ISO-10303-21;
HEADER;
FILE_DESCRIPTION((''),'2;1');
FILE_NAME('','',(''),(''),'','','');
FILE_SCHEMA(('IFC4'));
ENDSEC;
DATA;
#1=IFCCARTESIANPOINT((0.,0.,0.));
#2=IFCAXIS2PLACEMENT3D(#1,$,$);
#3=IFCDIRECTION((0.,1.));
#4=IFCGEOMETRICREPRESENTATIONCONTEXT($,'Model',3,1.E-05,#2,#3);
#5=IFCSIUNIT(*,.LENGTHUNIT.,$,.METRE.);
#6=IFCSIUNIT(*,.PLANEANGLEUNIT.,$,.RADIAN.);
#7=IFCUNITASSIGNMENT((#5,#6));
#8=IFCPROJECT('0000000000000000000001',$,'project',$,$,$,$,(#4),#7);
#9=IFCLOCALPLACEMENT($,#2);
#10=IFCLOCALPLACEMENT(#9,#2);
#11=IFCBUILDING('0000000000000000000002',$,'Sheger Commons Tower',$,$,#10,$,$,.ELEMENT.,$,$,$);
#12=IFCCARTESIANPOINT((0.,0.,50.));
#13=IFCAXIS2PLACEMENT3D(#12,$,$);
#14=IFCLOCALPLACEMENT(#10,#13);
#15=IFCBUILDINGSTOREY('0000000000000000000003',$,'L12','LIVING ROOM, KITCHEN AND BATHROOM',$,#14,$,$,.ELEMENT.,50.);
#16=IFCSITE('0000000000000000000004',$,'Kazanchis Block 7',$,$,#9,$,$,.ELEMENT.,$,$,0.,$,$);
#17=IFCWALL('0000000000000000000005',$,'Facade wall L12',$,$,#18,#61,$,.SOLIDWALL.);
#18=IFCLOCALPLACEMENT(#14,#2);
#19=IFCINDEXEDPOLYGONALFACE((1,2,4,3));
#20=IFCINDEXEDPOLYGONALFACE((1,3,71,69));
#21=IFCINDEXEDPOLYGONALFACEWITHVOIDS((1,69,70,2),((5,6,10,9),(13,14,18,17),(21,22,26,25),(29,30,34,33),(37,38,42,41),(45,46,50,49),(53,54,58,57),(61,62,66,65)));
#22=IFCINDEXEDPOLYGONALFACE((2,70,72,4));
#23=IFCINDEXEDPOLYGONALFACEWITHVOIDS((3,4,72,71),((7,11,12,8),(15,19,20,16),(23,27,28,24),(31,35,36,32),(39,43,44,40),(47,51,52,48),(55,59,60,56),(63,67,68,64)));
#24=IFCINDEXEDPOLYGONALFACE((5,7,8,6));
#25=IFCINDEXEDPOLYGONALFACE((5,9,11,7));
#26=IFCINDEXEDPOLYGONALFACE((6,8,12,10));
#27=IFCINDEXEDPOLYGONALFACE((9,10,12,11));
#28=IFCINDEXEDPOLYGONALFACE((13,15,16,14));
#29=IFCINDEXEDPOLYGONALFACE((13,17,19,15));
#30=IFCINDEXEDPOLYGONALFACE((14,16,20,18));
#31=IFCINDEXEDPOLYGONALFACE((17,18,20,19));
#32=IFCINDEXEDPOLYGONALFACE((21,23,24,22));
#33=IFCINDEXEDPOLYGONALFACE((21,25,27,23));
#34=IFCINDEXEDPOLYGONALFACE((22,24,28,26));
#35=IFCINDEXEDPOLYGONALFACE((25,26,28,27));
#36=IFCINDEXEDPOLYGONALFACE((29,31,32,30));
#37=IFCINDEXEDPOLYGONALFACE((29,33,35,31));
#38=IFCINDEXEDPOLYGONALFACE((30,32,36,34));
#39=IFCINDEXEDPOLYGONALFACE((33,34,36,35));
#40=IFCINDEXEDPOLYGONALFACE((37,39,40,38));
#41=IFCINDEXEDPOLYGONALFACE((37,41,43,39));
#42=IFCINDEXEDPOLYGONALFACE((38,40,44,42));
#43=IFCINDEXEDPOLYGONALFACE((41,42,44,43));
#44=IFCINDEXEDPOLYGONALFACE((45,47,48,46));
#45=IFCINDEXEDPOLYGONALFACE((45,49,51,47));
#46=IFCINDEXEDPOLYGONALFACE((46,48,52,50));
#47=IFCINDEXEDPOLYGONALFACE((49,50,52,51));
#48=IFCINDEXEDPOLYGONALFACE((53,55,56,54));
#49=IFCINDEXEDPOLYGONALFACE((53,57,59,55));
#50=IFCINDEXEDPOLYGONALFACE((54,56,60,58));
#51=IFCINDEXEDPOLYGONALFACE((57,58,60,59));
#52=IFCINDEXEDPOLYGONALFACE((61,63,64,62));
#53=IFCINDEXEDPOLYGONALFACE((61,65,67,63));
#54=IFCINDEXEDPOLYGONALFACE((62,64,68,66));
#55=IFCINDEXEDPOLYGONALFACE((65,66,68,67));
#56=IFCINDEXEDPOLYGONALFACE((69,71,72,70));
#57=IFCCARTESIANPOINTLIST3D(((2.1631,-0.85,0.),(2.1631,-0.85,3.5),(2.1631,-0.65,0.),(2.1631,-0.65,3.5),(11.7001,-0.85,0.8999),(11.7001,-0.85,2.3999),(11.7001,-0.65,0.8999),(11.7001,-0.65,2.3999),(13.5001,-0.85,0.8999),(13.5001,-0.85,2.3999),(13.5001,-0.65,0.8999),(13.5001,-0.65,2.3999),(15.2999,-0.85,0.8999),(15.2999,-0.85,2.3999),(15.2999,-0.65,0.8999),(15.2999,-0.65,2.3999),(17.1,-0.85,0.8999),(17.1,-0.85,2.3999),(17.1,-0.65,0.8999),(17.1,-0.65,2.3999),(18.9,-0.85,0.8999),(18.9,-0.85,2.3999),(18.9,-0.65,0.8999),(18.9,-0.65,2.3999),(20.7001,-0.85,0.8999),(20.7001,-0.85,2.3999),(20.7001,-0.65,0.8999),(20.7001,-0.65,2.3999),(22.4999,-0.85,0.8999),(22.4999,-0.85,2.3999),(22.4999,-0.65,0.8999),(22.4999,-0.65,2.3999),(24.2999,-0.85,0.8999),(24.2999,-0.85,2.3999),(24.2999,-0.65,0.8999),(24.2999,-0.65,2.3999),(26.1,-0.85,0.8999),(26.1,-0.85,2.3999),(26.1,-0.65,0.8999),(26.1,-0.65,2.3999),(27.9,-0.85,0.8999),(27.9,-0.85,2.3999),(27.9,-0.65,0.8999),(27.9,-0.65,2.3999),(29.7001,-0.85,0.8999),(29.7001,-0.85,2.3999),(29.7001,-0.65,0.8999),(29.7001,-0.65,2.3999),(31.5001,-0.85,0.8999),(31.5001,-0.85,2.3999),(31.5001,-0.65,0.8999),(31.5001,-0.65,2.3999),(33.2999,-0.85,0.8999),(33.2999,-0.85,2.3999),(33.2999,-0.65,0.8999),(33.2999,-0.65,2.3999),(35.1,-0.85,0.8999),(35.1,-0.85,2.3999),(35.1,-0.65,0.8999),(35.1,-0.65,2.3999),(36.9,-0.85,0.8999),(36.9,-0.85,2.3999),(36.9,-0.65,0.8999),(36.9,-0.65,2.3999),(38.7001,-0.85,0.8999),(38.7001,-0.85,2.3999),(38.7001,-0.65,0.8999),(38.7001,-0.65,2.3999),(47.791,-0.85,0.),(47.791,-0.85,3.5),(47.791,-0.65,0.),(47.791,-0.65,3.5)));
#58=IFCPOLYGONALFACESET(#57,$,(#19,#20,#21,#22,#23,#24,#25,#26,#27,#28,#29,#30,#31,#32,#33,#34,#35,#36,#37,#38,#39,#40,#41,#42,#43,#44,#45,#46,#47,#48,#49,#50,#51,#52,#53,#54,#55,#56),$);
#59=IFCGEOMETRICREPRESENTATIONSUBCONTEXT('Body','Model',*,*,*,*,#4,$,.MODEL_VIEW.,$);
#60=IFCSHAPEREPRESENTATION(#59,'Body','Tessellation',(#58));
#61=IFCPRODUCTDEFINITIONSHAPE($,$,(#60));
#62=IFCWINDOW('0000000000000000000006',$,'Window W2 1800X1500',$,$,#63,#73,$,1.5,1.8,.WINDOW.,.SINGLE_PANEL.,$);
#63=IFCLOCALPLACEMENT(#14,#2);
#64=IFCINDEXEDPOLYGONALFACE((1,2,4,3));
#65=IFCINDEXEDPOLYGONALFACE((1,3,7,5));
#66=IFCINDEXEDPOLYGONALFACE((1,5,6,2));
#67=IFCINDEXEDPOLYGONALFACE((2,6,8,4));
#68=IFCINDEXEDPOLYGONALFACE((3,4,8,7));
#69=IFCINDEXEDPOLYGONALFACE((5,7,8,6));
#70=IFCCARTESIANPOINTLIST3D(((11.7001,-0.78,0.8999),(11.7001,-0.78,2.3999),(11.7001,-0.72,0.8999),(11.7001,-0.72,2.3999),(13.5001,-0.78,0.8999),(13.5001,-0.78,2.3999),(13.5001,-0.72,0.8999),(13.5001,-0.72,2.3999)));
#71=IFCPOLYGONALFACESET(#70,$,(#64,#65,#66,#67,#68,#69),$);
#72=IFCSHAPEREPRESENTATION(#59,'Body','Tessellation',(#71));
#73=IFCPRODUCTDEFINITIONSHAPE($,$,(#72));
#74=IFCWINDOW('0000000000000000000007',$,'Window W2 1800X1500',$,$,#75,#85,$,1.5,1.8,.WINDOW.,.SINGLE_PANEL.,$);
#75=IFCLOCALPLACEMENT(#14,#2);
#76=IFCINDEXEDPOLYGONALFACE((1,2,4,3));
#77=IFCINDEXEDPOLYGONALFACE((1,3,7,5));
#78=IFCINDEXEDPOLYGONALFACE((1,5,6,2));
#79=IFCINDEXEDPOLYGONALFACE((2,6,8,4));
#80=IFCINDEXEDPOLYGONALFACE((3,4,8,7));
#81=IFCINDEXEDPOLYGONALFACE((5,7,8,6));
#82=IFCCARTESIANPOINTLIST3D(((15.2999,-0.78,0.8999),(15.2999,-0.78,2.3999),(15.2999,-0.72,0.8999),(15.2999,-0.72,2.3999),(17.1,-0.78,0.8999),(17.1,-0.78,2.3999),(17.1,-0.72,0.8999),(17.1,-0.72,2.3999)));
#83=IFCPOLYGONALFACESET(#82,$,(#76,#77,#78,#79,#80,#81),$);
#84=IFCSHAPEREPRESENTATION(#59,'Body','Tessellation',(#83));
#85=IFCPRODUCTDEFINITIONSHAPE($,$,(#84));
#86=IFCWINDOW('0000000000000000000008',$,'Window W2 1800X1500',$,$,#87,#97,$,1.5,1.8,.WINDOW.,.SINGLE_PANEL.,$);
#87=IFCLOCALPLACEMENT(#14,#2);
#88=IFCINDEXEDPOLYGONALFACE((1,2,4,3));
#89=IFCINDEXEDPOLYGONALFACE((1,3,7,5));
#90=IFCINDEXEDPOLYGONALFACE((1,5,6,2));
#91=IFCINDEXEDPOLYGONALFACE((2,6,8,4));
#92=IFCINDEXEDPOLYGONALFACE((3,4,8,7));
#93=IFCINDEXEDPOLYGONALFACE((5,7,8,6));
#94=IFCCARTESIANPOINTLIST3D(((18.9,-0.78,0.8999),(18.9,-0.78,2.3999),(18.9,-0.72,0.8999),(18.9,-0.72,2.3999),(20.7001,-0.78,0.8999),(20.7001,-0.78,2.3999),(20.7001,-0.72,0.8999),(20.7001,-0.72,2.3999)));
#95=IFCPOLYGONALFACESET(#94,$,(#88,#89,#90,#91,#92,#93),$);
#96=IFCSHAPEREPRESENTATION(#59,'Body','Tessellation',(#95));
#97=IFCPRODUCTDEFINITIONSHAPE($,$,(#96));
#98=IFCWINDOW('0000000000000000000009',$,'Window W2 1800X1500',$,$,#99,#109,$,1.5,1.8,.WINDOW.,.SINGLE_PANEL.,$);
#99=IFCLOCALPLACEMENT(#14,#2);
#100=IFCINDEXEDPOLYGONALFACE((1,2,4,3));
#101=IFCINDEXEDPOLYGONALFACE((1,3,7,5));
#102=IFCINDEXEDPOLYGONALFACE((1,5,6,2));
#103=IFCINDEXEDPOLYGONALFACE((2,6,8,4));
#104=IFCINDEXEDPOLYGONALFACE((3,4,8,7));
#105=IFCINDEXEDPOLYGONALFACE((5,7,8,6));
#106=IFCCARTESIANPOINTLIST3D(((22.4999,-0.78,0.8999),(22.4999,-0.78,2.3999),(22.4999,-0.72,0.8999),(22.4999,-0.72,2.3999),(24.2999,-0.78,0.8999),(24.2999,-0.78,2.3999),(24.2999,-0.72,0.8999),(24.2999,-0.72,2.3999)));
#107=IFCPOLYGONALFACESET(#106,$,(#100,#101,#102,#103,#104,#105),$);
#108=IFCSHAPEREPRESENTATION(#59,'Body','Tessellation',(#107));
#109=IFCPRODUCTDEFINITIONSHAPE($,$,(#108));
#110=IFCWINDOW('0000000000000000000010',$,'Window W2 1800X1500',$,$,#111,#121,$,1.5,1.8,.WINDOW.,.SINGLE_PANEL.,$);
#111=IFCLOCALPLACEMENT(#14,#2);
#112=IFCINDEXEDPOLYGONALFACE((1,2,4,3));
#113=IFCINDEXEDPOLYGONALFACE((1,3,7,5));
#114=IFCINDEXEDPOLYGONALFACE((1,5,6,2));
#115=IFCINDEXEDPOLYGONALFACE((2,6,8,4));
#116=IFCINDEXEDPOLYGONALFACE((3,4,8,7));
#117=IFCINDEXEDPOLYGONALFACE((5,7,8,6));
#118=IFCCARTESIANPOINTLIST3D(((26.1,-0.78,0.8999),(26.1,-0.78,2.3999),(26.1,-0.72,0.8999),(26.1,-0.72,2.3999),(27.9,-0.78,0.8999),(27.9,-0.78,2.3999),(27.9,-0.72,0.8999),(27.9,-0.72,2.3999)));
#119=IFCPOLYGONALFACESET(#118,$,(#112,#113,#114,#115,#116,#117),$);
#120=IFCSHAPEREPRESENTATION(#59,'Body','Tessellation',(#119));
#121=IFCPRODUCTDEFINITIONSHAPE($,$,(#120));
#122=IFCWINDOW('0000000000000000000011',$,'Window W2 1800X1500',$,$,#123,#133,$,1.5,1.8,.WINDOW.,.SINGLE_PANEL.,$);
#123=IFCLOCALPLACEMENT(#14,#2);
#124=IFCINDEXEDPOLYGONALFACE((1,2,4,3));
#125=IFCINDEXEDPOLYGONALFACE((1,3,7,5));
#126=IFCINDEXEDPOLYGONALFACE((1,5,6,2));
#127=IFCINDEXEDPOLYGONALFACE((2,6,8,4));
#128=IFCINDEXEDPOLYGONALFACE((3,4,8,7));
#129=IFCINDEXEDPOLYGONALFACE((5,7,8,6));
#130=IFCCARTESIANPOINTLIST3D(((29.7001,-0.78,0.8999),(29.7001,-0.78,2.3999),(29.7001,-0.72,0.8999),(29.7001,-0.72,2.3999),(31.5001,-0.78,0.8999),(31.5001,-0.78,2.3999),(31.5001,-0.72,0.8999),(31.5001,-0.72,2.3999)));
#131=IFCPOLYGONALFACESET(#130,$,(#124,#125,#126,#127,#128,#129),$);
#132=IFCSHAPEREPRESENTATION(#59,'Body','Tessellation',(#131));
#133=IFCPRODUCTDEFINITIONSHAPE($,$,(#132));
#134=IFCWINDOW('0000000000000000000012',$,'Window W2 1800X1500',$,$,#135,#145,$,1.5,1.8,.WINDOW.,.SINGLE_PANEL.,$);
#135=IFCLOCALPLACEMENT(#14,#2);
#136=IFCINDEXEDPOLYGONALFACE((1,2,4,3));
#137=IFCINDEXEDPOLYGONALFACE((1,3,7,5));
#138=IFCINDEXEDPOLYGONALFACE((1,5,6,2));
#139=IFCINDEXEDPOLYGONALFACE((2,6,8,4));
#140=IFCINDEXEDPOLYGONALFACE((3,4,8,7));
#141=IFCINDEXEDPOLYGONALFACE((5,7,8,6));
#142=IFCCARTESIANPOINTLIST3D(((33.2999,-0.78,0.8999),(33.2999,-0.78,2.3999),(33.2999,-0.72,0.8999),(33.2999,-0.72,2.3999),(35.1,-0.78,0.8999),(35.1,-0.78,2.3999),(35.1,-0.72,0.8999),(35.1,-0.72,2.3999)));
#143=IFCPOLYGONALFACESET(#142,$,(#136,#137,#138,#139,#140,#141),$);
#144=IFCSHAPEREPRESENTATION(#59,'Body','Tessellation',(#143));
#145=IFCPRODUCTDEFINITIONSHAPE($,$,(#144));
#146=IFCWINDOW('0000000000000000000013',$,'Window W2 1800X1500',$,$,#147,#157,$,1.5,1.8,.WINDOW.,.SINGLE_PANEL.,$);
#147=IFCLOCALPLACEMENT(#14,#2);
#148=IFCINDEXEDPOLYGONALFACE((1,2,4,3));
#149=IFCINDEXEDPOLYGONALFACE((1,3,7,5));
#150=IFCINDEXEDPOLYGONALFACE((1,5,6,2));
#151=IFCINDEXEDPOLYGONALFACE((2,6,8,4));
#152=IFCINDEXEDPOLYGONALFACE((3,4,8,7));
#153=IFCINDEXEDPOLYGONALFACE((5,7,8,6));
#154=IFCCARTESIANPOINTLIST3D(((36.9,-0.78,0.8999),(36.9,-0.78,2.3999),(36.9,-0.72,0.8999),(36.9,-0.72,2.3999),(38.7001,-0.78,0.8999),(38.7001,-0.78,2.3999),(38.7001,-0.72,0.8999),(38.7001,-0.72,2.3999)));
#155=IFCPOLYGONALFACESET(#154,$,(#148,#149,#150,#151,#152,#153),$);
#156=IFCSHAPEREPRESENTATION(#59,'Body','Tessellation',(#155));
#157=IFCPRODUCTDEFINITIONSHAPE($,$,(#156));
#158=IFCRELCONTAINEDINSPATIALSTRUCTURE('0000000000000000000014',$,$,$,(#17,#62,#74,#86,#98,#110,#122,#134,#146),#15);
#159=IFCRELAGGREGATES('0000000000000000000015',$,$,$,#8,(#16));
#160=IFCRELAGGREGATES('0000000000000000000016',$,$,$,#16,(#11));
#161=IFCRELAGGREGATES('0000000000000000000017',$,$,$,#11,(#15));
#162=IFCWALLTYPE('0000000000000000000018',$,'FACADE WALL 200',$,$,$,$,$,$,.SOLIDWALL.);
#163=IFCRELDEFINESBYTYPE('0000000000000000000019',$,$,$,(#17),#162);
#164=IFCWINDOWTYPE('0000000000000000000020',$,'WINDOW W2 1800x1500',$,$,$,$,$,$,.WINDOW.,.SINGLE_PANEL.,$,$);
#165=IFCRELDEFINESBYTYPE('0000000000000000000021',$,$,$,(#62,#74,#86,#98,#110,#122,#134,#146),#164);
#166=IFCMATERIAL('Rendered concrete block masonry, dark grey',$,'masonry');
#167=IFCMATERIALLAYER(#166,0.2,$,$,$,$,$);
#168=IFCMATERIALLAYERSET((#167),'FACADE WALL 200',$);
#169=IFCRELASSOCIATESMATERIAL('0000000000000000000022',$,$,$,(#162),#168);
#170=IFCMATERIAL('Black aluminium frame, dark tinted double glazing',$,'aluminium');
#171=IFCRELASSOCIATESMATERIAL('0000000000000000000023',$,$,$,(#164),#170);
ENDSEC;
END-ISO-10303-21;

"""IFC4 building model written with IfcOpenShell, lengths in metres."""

from ifc_helpers import new_model, si_unit, direction, frame, frame_2d, origin, place, context, subcontext, project, spatial, rectangle, extrude, material, layer, layer_set, type_object, element, fill, save


model = new_model("IFC4")

# Units and contexts
model_context = context("Model", 3, precision=1e-05, world=origin(), true_north=direction((0.0, 1.0)))
body_context = subcontext(model_context, "Body", "Model", "MODEL_VIEW")
ifc_project = project(units=[si_unit("LENGTHUNIT", "METRE"), si_unit("PLANEANGLEUNIT", "RADIAN")], contexts=[model_context])

# Site, building, storey
site_placement = place(None, origin())
site = spatial("IfcSite", under=ifc_project, at=site_placement, Name="Kazanchis Block 7", CompositionType="ELEMENT", RefElevation=0.0)
building_placement = place(site_placement, origin())
building = spatial("IfcBuilding", under=site, at=building_placement, Name="Sheger Commons Tower", CompositionType="ELEMENT")
storey_placement = place(building_placement, frame((0.0, 0.0, 50.0)))
storey = spatial("IfcBuildingStorey", under=building, at=storey_placement, Name="L12", Description="LIVING ROOM, KITCHEN AND BATHROOM", CompositionType="ELEMENT", Elevation=50.0)

# Wall, openings, windows
ifc_material_1 = material(Name="Rendered concrete block masonry, dark grey", Category="masonry")
ifc_layer_1 = layer(ifc_material_1, 0.2)
ifc_layer_set_1 = layer_set([ifc_layer_1], Name="FACADE WALL 200")
wall_type_1 = type_object("IfcWallType", Name="FACADE WALL 200", PredefinedType="SOLIDWALL", material=ifc_layer_set_1)
wall_1_placement = place(storey_placement, frame((2.1631, -0.75, 0.0), z_axis=(0.0, 0.0, 1.0), x_axis=(1.0, 0.0, 0.0)))
wall_1 = element("IfcWall", 1, at=wall_1_placement, inside=storey, type_object=wall_type_1, Name="Facade wall L12", PredefinedType="SOLIDWALL", context=body_context, shape_type="SweptSolid", body=[
    extrude(rectangle(XDim=45.6279, YDim=0.2, at=frame_2d((22.814, 0.0))), origin(), (0.0, 0.0, 1.0), 3.5),
])
opening_1_placement = place(wall_1_placement, frame((9.5371, 0.0, 0.8999)))
opening_1 = element("IfcOpeningElement", 2, at=opening_1_placement, cuts=wall_1, PredefinedType="OPENING", context=body_context, shape_type="SweptSolid", body=[
    extrude(rectangle(XDim=1.8, YDim=1.5, at=frame_2d((0.8999, 0.75))), frame((0.0, 0.1099, 0.0), z_axis=(0.0, -1.0, 0.0), x_axis=(1.0, 0.0, 0.0)), (0.0, 0.0, 1.0), 0.22),
])
opening_2_placement = place(wall_1_placement, frame((13.137, 0.0, 0.8999)))
opening_2 = element("IfcOpeningElement", 3, at=opening_2_placement, cuts=wall_1, PredefinedType="OPENING", context=body_context, shape_type="SweptSolid", body=[
    extrude(rectangle(XDim=1.8, YDim=1.5, at=frame_2d((0.8999, 0.75))), frame((0.0, 0.1099, 0.0), z_axis=(0.0, -1.0, 0.0), x_axis=(1.0, 0.0, 0.0)), (0.0, 0.0, 1.0), 0.22),
])
opening_3_placement = place(wall_1_placement, frame((16.7371, 0.0, 0.8999)))
opening_3 = element("IfcOpeningElement", 4, at=opening_3_placement, cuts=wall_1, PredefinedType="OPENING", context=body_context, shape_type="SweptSolid", body=[
    extrude(rectangle(XDim=1.8, YDim=1.5, at=frame_2d((0.8999, 0.75))), frame((0.0, 0.1099, 0.0), z_axis=(0.0, -1.0, 0.0), x_axis=(1.0, 0.0, 0.0)), (0.0, 0.0, 1.0), 0.22),
])
opening_4_placement = place(wall_1_placement, frame((20.3369, 0.0, 0.8999)))
opening_4 = element("IfcOpeningElement", 5, at=opening_4_placement, cuts=wall_1, PredefinedType="OPENING", context=body_context, shape_type="SweptSolid", body=[
    extrude(rectangle(XDim=1.8, YDim=1.5, at=frame_2d((0.8999, 0.75))), frame((0.0, 0.1099, 0.0), z_axis=(0.0, -1.0, 0.0), x_axis=(1.0, 0.0, 0.0)), (0.0, 0.0, 1.0), 0.22),
])
opening_5_placement = place(wall_1_placement, frame((23.937, 0.0, 0.8999)))
opening_5 = element("IfcOpeningElement", 6, at=opening_5_placement, cuts=wall_1, PredefinedType="OPENING", context=body_context, shape_type="SweptSolid", body=[
    extrude(rectangle(XDim=1.8, YDim=1.5, at=frame_2d((0.8999, 0.75))), frame((0.0, 0.1099, 0.0), z_axis=(0.0, -1.0, 0.0), x_axis=(1.0, 0.0, 0.0)), (0.0, 0.0, 1.0), 0.22),
])
opening_6_placement = place(wall_1_placement, frame((27.5371, 0.0, 0.8999)))
opening_6 = element("IfcOpeningElement", 7, at=opening_6_placement, cuts=wall_1, PredefinedType="OPENING", context=body_context, shape_type="SweptSolid", body=[
    extrude(rectangle(XDim=1.8, YDim=1.5, at=frame_2d((0.8999, 0.75))), frame((0.0, 0.1099, 0.0), z_axis=(0.0, -1.0, 0.0), x_axis=(1.0, 0.0, 0.0)), (0.0, 0.0, 1.0), 0.22),
])
opening_7_placement = place(wall_1_placement, frame((31.137, 0.0, 0.8999)))
opening_7 = element("IfcOpeningElement", 8, at=opening_7_placement, cuts=wall_1, PredefinedType="OPENING", context=body_context, shape_type="SweptSolid", body=[
    extrude(rectangle(XDim=1.8, YDim=1.5, at=frame_2d((0.8999, 0.75))), frame((0.0, 0.1099, 0.0), z_axis=(0.0, -1.0, 0.0), x_axis=(1.0, 0.0, 0.0)), (0.0, 0.0, 1.0), 0.22),
])
opening_8_placement = place(wall_1_placement, frame((34.7371, 0.0, 0.8999)))
opening_8 = element("IfcOpeningElement", 9, at=opening_8_placement, cuts=wall_1, PredefinedType="OPENING", context=body_context, shape_type="SweptSolid", body=[
    extrude(rectangle(XDim=1.8, YDim=1.5, at=frame_2d((0.8999, 0.75))), frame((0.0, 0.1099, 0.0), z_axis=(0.0, -1.0, 0.0), x_axis=(1.0, 0.0, 0.0)), (0.0, 0.0, 1.0), 0.22),
])
ifc_material_2 = material(Name="Black aluminium frame, dark tinted double glazing", Category="aluminium")
window_type = type_object("IfcWindowType", Name="WINDOW W2 1800x1500", PartitioningType="SINGLE_PANEL", PredefinedType="WINDOW", material=ifc_material_2)
window_1_placement = place(opening_1_placement, origin())
window_1 = element("IfcWindow", 10, at=window_1_placement, inside=storey, type_object=window_type, Name="Window W2 1800X1500", OverallHeight=1.5, OverallWidth=1.8, PartitioningType="SINGLE_PANEL", PredefinedType="WINDOW", context=body_context, shape_type="SweptSolid", body=[
    extrude(rectangle(XDim=1.8, YDim=1.5, at=frame_2d((0.8999, 0.75))), frame((0.0, 0.03, 0.0), z_axis=(0.0, -1.0, 0.0), x_axis=(1.0, 0.0, 0.0)), (0.0, 0.0, 1.0), 0.0601),
])
fill(opening_1, window_1)
window_2_placement = place(opening_2_placement, origin())
window_2 = element("IfcWindow", 11, at=window_2_placement, inside=storey, type_object=window_type, Name="Window W2 1800X1500", OverallHeight=1.5, OverallWidth=1.8, PartitioningType="SINGLE_PANEL", PredefinedType="WINDOW", context=body_context, shape_type="SweptSolid", body=[
    extrude(rectangle(XDim=1.8, YDim=1.5, at=frame_2d((0.8999, 0.75))), frame((0.0, 0.03, 0.0), z_axis=(0.0, -1.0, 0.0), x_axis=(1.0, 0.0, 0.0)), (0.0, 0.0, 1.0), 0.0601),
])
fill(opening_2, window_2)
window_3_placement = place(opening_3_placement, origin())
window_3 = element("IfcWindow", 12, at=window_3_placement, inside=storey, type_object=window_type, Name="Window W2 1800X1500", OverallHeight=1.5, OverallWidth=1.8, PartitioningType="SINGLE_PANEL", PredefinedType="WINDOW", context=body_context, shape_type="SweptSolid", body=[
    extrude(rectangle(XDim=1.8, YDim=1.5, at=frame_2d((0.8999, 0.75))), frame((0.0, 0.03, 0.0), z_axis=(0.0, -1.0, 0.0), x_axis=(1.0, 0.0, 0.0)), (0.0, 0.0, 1.0), 0.0601),
])
fill(opening_3, window_3)
window_4_placement = place(opening_4_placement, origin())
window_4 = element("IfcWindow", 13, at=window_4_placement, inside=storey, type_object=window_type, Name="Window W2 1800X1500", OverallHeight=1.5, OverallWidth=1.8, PartitioningType="SINGLE_PANEL", PredefinedType="WINDOW", context=body_context, shape_type="SweptSolid", body=[
    extrude(rectangle(XDim=1.8, YDim=1.5, at=frame_2d((0.8999, 0.75))), frame((0.0, 0.03, 0.0), z_axis=(0.0, -1.0, 0.0), x_axis=(1.0, 0.0, 0.0)), (0.0, 0.0, 1.0), 0.0601),
])
fill(opening_4, window_4)
window_5_placement = place(opening_5_placement, origin())
window_5 = element("IfcWindow", 14, at=window_5_placement, inside=storey, type_object=window_type, Name="Window W2 1800X1500", OverallHeight=1.5, OverallWidth=1.8, PartitioningType="SINGLE_PANEL", PredefinedType="WINDOW", context=body_context, shape_type="SweptSolid", body=[
    extrude(rectangle(XDim=1.8, YDim=1.5, at=frame_2d((0.8999, 0.75))), frame((0.0, 0.03, 0.0), z_axis=(0.0, -1.0, 0.0), x_axis=(1.0, 0.0, 0.0)), (0.0, 0.0, 1.0), 0.0601),
])
fill(opening_5, window_5)
window_6_placement = place(opening_6_placement, origin())
window_6 = element("IfcWindow", 15, at=window_6_placement, inside=storey, type_object=window_type, Name="Window W2 1800X1500", OverallHeight=1.5, OverallWidth=1.8, PartitioningType="SINGLE_PANEL", PredefinedType="WINDOW", context=body_context, shape_type="SweptSolid", body=[
    extrude(rectangle(XDim=1.8, YDim=1.5, at=frame_2d((0.8999, 0.75))), frame((0.0, 0.03, 0.0), z_axis=(0.0, -1.0, 0.0), x_axis=(1.0, 0.0, 0.0)), (0.0, 0.0, 1.0), 0.0601),
])
fill(opening_6, window_6)
window_7_placement = place(opening_7_placement, origin())
window_7 = element("IfcWindow", 16, at=window_7_placement, inside=storey, type_object=window_type, Name="Window W2 1800X1500", OverallHeight=1.5, OverallWidth=1.8, PartitioningType="SINGLE_PANEL", PredefinedType="WINDOW", context=body_context, shape_type="SweptSolid", body=[
    extrude(rectangle(XDim=1.8, YDim=1.5, at=frame_2d((0.8999, 0.75))), frame((0.0, 0.03, 0.0), z_axis=(0.0, -1.0, 0.0), x_axis=(1.0, 0.0, 0.0)), (0.0, 0.0, 1.0), 0.0601),
])
fill(opening_7, window_7)
window_8_placement = place(opening_8_placement, origin())
window_8 = element("IfcWindow", 17, at=window_8_placement, inside=storey, type_object=window_type, Name="Window W2 1800X1500", OverallHeight=1.5, OverallWidth=1.8, PartitioningType="SINGLE_PANEL", PredefinedType="WINDOW", context=body_context, shape_type="SweptSolid", body=[
    extrude(rectangle(XDim=1.8, YDim=1.5, at=frame_2d((0.8999, 0.75))), frame((0.0, 0.03, 0.0), z_axis=(0.0, -1.0, 0.0), x_axis=(1.0, 0.0, 0.0)), (0.0, 0.0, 1.0), 0.0601),
])
fill(opening_8, window_8)

save(model, "model.ifc")
